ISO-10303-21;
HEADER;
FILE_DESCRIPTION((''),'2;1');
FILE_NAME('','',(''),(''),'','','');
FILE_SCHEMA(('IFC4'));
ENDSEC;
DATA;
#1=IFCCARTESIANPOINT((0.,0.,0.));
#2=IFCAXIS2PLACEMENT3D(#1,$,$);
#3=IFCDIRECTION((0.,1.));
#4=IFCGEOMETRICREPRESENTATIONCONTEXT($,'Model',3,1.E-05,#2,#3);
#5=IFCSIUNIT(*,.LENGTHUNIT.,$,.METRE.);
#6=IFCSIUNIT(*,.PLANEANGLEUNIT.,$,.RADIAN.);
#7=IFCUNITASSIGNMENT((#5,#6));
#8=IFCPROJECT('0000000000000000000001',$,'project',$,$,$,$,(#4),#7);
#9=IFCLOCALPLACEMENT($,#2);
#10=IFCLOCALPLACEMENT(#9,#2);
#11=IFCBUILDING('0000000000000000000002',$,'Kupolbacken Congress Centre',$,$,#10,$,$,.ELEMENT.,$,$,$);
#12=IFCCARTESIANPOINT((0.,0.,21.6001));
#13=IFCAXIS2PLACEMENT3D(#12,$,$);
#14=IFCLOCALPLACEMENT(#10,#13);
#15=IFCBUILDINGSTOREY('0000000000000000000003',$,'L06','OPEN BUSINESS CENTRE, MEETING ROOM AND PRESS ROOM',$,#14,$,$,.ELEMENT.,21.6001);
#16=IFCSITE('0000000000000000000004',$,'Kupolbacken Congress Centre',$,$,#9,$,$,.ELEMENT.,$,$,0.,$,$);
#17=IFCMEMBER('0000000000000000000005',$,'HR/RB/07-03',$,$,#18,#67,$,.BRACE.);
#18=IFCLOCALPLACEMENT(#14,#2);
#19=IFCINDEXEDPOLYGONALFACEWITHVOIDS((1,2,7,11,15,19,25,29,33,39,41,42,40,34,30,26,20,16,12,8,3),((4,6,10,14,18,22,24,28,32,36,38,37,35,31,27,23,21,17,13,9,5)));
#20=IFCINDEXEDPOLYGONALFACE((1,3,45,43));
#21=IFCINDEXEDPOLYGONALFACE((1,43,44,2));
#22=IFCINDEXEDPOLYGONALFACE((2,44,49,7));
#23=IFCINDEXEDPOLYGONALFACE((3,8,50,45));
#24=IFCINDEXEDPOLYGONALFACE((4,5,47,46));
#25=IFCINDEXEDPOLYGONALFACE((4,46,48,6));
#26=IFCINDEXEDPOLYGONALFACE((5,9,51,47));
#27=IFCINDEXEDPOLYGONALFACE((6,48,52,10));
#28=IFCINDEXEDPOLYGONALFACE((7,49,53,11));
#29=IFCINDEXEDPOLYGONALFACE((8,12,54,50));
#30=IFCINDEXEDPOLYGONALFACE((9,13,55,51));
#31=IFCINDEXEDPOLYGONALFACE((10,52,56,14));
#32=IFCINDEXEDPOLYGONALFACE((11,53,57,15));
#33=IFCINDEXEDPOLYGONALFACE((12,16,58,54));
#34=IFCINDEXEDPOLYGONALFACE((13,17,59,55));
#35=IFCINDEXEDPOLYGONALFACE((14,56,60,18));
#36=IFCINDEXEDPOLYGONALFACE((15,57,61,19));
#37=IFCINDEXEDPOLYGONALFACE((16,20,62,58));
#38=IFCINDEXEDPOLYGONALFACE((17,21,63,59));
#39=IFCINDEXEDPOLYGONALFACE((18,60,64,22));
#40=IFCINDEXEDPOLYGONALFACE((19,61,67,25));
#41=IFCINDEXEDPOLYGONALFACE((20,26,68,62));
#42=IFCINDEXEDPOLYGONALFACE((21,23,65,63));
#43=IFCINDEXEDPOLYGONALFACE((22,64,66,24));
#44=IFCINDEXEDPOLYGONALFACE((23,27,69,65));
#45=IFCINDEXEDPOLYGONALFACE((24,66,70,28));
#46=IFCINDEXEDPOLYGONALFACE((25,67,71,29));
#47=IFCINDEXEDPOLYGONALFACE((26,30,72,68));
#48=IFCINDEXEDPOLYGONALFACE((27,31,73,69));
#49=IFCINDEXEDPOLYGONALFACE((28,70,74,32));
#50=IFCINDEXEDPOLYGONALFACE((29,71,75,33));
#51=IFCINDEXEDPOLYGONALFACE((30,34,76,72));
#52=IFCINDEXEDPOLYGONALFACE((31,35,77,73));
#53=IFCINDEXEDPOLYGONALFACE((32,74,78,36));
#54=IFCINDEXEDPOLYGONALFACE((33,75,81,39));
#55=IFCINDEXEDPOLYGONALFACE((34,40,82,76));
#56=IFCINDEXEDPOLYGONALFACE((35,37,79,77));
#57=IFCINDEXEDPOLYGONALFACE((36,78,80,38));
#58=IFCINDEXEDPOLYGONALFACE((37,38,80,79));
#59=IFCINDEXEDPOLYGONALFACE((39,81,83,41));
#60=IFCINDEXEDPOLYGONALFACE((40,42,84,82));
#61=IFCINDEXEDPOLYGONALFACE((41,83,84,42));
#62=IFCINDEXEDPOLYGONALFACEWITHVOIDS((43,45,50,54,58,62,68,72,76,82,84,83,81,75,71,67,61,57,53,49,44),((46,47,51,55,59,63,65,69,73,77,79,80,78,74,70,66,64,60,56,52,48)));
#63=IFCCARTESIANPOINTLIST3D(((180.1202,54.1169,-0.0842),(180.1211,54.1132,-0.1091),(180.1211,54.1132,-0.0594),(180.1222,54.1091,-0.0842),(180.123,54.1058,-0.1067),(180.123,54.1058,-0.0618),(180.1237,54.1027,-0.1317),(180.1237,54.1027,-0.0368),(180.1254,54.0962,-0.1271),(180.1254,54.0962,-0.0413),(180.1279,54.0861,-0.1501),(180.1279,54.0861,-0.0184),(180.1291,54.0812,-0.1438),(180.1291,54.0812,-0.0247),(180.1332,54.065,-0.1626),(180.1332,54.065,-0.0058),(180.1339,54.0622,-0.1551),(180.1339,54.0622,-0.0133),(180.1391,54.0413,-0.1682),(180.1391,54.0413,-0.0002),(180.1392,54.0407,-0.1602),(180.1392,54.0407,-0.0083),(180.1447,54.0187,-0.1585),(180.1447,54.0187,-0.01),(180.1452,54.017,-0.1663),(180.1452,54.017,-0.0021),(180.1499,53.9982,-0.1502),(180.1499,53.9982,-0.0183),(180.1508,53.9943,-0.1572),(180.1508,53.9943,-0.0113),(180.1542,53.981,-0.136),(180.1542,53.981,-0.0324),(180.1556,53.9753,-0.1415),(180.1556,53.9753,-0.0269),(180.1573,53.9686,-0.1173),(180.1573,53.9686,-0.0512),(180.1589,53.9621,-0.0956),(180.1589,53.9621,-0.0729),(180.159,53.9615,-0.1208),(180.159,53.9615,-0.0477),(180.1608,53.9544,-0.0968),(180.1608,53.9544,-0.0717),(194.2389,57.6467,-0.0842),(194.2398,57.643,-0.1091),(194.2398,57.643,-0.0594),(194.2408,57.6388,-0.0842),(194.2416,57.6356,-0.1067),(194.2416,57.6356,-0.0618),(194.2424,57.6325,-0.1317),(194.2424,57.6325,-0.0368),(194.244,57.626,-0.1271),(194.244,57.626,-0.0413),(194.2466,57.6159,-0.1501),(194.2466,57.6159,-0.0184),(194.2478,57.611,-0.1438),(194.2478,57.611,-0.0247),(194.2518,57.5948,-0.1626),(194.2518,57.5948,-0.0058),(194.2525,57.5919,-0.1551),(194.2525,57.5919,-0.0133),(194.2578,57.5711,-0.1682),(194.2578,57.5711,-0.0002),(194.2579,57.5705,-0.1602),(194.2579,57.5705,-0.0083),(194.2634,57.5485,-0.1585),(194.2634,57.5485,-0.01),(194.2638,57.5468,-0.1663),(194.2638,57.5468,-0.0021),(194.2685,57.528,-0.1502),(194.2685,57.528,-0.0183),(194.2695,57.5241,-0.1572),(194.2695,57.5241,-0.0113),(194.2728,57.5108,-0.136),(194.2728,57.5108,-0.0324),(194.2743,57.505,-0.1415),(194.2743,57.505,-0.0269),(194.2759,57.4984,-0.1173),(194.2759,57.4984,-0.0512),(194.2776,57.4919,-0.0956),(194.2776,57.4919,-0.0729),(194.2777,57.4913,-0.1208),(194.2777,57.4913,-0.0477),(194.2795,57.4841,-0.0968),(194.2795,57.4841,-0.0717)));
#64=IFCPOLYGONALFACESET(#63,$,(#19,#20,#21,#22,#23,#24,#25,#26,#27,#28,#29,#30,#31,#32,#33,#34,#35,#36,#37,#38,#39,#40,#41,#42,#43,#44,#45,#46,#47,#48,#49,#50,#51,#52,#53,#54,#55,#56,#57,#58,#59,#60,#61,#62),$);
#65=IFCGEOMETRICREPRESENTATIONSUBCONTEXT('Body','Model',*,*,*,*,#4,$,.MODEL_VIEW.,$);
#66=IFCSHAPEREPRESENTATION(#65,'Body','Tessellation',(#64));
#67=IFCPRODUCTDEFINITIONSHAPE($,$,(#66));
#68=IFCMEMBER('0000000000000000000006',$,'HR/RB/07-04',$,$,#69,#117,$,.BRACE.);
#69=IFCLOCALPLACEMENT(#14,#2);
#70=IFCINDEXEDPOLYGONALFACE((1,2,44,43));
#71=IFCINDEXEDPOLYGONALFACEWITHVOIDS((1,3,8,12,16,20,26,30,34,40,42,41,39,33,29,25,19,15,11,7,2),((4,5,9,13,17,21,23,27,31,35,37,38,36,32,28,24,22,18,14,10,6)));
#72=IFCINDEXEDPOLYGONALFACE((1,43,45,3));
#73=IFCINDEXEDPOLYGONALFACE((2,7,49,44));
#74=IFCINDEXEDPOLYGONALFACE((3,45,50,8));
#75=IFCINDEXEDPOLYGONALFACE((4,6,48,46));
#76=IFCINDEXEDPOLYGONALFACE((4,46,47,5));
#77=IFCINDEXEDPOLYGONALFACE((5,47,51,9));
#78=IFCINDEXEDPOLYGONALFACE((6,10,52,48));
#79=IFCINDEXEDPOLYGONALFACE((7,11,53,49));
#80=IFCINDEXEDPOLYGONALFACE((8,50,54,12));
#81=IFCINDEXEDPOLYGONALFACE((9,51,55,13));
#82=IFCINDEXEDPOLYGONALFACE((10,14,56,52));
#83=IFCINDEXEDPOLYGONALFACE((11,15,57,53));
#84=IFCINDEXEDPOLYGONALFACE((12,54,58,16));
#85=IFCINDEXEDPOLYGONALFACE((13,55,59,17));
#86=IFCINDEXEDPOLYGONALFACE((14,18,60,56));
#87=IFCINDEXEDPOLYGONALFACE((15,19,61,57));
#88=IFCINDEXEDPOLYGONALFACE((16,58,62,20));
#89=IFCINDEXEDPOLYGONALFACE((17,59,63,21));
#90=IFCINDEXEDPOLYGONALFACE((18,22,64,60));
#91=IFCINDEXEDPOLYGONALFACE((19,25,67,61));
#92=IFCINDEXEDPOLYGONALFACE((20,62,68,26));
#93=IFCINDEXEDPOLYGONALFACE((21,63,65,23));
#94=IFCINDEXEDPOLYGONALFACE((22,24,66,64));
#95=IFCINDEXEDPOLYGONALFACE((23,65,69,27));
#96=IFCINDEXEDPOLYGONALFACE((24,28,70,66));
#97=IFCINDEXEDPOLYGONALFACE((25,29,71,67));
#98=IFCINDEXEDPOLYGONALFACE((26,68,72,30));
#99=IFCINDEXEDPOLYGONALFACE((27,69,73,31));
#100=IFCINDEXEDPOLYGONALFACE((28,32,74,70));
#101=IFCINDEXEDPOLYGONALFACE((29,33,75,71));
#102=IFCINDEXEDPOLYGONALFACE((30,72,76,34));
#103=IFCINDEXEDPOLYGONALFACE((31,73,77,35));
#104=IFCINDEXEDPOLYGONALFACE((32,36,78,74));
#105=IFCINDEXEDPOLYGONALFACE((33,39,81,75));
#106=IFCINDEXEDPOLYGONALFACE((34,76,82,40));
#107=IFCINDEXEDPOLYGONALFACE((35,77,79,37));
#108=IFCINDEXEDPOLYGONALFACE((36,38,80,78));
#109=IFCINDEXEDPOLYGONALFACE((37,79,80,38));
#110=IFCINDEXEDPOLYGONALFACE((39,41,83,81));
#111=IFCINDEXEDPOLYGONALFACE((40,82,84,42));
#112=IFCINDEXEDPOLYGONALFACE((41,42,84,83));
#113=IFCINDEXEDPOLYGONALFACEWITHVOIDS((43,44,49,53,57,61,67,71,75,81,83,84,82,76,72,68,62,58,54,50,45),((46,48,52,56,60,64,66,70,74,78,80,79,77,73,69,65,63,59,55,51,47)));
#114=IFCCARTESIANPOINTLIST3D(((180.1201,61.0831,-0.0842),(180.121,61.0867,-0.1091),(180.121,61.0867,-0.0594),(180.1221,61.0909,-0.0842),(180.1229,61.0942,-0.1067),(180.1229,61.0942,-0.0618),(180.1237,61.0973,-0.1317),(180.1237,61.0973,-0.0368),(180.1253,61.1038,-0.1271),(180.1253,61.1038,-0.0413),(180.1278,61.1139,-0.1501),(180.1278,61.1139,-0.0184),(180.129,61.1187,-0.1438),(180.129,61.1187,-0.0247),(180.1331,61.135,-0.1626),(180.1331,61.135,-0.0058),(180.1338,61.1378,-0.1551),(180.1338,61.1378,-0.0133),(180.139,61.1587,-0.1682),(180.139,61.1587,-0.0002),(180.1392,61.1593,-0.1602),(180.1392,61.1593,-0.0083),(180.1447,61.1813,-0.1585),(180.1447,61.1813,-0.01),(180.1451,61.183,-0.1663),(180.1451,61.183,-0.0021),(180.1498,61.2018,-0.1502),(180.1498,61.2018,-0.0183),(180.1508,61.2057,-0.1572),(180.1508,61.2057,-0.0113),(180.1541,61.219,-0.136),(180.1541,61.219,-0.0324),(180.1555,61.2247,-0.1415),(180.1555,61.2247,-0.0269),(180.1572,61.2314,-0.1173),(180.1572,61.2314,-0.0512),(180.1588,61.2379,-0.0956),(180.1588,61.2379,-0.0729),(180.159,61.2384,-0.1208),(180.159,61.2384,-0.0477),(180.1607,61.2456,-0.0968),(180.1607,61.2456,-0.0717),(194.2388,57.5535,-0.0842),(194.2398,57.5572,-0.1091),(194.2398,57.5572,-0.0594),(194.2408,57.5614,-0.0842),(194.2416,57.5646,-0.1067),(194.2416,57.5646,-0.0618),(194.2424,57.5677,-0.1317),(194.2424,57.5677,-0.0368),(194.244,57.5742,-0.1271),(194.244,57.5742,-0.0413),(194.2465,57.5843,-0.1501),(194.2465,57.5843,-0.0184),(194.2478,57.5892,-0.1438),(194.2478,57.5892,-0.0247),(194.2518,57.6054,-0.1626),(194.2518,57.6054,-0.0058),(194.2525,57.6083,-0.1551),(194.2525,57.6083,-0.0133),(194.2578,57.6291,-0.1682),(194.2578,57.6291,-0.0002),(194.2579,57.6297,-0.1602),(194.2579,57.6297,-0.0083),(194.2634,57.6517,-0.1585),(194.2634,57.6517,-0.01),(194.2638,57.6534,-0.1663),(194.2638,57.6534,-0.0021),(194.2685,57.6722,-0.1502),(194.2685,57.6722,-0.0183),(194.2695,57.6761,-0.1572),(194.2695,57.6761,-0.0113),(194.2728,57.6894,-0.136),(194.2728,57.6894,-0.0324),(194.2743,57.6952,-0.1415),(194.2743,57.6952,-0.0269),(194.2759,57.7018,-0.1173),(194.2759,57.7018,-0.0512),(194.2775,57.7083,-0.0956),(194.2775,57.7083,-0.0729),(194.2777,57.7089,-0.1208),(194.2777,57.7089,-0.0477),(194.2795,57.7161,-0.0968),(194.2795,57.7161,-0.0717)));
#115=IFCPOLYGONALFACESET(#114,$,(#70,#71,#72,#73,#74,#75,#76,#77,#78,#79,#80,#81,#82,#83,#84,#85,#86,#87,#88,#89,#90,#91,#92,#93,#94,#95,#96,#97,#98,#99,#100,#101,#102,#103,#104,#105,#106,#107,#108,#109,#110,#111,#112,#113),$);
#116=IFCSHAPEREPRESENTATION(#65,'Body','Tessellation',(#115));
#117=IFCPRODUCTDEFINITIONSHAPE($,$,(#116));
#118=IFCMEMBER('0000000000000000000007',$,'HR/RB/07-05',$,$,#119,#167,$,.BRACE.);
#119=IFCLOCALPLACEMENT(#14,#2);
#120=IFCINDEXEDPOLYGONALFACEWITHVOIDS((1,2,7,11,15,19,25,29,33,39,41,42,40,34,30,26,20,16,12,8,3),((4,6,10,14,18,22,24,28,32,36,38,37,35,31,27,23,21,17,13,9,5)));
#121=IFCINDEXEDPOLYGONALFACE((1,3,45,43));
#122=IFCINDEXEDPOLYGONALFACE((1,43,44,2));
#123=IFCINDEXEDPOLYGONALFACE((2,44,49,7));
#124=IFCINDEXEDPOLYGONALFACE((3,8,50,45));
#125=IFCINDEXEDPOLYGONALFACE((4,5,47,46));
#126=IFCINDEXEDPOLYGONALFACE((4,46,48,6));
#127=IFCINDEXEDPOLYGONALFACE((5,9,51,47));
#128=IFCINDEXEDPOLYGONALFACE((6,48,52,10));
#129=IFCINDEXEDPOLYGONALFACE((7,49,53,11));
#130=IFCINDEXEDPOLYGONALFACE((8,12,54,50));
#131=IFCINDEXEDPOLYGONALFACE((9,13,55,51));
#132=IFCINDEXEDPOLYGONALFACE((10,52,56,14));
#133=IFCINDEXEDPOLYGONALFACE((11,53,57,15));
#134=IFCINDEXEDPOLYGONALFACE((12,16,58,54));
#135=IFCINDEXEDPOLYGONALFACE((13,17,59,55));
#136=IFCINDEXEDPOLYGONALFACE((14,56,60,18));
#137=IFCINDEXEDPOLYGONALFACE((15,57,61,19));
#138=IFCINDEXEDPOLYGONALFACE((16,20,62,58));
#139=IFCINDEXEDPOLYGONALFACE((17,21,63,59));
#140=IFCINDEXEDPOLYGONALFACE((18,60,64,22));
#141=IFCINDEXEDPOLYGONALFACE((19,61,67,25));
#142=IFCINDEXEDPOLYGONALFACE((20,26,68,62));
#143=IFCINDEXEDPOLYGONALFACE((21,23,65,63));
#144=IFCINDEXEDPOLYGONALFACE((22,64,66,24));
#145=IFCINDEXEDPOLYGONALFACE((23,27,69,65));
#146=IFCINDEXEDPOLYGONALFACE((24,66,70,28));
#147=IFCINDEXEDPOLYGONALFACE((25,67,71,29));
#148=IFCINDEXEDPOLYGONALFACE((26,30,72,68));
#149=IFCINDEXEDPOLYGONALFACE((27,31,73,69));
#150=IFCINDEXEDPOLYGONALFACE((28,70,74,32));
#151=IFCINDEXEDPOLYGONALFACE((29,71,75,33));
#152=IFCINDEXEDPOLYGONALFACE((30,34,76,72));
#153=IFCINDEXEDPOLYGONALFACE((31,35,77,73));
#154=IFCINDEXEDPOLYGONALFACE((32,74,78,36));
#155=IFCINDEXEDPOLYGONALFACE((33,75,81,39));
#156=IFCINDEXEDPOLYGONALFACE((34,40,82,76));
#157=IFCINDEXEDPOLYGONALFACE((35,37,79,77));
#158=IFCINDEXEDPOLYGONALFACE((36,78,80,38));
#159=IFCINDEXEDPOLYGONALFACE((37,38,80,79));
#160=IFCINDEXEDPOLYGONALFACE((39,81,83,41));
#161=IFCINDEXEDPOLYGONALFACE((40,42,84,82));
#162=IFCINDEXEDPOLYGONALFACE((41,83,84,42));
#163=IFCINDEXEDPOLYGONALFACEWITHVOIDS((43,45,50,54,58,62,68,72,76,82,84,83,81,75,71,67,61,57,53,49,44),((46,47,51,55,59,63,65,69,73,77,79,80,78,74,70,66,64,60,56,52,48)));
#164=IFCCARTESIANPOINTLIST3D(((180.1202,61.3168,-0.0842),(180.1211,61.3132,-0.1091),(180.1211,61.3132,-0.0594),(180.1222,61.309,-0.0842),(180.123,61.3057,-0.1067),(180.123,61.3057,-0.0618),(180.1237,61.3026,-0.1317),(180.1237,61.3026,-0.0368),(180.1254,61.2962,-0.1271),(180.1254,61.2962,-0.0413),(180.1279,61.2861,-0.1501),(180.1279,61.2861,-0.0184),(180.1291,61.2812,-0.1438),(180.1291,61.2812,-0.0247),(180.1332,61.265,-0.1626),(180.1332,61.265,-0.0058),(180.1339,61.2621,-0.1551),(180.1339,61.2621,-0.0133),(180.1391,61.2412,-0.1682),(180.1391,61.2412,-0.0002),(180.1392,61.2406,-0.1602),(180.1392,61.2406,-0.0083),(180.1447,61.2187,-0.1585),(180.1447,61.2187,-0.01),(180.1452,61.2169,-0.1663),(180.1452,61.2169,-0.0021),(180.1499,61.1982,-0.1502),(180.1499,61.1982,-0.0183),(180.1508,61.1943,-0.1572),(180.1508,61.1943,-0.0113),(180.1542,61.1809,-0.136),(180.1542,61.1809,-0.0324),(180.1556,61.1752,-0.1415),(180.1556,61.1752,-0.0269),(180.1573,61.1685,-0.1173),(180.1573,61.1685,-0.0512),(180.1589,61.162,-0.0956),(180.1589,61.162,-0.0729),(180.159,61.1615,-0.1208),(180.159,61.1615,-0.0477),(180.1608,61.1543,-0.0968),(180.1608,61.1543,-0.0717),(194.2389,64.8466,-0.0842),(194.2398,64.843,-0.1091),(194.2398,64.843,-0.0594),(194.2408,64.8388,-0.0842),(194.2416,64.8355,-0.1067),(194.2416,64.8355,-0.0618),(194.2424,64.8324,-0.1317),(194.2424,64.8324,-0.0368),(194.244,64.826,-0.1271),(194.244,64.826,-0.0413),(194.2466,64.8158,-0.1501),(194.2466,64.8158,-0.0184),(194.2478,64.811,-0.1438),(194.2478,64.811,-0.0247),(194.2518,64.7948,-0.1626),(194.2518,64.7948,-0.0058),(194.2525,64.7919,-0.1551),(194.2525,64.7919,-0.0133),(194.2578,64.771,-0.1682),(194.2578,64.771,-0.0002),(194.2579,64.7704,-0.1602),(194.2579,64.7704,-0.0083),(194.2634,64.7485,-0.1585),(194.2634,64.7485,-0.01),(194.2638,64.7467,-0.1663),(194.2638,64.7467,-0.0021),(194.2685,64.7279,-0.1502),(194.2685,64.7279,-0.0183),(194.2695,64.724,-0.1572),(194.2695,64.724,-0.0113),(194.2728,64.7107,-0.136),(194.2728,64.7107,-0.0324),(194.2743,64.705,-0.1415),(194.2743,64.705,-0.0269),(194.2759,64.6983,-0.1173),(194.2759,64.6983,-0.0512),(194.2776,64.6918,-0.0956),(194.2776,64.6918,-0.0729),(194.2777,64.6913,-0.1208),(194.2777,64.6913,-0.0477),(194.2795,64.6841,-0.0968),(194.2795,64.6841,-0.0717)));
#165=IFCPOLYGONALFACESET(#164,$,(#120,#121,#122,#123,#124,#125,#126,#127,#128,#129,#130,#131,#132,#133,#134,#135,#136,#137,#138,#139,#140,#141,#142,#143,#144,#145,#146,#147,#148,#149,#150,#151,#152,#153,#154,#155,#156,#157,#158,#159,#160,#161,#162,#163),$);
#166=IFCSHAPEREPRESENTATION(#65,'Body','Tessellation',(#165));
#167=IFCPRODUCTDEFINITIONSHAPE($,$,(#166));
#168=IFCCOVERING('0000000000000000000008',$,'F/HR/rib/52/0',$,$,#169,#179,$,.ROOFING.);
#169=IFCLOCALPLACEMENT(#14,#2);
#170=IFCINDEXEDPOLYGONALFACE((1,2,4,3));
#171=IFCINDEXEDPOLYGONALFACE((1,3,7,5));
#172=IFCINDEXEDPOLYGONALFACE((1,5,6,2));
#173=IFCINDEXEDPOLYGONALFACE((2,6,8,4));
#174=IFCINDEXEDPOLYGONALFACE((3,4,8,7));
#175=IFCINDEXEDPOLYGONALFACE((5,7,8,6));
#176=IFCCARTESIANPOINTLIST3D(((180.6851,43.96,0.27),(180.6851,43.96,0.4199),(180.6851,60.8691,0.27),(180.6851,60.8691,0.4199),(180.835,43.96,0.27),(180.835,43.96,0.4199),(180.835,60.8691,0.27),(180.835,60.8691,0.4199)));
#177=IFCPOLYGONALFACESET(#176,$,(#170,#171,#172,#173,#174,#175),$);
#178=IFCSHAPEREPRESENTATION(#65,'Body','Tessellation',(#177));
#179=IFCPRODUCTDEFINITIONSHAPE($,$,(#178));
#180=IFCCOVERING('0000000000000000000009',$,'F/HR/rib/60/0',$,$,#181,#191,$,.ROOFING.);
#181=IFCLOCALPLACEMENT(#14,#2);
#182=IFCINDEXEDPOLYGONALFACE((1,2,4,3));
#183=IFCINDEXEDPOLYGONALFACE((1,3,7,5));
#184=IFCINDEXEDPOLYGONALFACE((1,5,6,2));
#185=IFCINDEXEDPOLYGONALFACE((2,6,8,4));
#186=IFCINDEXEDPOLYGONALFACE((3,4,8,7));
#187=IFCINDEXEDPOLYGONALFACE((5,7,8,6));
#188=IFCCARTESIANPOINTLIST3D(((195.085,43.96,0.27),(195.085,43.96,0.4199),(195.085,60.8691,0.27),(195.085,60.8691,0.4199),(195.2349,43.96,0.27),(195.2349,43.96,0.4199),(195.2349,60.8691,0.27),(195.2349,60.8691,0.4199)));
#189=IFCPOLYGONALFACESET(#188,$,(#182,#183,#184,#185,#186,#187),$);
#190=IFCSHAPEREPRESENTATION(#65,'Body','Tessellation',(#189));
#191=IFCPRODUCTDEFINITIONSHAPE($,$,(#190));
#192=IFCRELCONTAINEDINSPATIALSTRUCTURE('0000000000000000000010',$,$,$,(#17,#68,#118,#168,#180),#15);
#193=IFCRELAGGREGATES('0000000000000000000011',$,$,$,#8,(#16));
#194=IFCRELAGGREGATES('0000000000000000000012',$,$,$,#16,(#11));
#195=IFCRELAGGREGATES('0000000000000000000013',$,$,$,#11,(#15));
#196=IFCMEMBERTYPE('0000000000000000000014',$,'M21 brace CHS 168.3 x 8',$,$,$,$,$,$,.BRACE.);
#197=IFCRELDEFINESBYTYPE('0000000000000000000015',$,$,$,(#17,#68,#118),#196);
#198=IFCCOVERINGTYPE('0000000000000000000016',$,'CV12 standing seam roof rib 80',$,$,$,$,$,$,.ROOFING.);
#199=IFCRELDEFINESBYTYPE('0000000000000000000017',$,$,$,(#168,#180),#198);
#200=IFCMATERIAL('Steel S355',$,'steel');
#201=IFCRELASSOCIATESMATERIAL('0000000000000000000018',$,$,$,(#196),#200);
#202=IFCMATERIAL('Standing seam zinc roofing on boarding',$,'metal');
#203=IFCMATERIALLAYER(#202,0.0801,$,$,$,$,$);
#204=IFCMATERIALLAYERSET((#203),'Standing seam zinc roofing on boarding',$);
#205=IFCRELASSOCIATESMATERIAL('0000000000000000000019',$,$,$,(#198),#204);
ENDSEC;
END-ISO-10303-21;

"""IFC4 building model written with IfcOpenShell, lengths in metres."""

from ifc_helpers import new_model, si_unit, direction, frame, origin, origin_2d, place, context, subcontext, project, spatial, rectangle, hollow_circle, extrude, material, layer, layer_set, material_profile, profile_set, type_object, element, save


model = new_model("IFC4")

# Units and contexts
model_context = context("Model", 3, precision=1e-05, world=origin(), true_north=direction((0.0, 1.0)))
body_context = subcontext(model_context, "Body", "Model", "MODEL_VIEW")
ifc_project = project(units=[si_unit("LENGTHUNIT", "METRE"), si_unit("PLANEANGLEUNIT", "RADIAN")], contexts=[model_context])

# Site, building, storey
site_placement = place(None, origin())
site = spatial("IfcSite", under=ifc_project, at=site_placement, Name="Kupolbacken Congress Centre", CompositionType="ELEMENT", RefElevation=0.0)
building_placement = place(site_placement, origin())
building = spatial("IfcBuilding", under=site, at=building_placement, Name="Kupolbacken Congress Centre", CompositionType="ELEMENT")
storey_placement = place(building_placement, frame((0.0, 0.0, 21.6001)))
storey = spatial("IfcBuildingStorey", under=building, at=storey_placement, Name="L06", Description="OPEN BUSINESS CENTRE, MEETING ROOM AND PRESS ROOM", CompositionType="ELEMENT", Elevation=21.6001)

# Members
ifc_material_1 = material(Name="Steel S355", Category="steel")
ifc_material_profile_1 = material_profile(ifc_material_1, hollow_circle(Radius=0.0842, WallThickness=0.0081, at=origin_2d()), Name="CHS 168.3 x 8")
ifc_profile_set_1 = profile_set([ifc_material_profile_1], Name="Steel S355")
member_type_1 = type_object("IfcMemberType", Name="M21 brace CHS 168.3 x 8", PredefinedType="BRACE", material=ifc_profile_set_1)
for number, where, z_axis, x_axis, name in (
    (1, (180.1406, 54.0352, -0.0842), (0.970141, 0.242544, 0.0), (-0.242544, 0.970141, 0.0), "HR/RB/07-03"),
    (2, (194.2593, 57.6353, -0.0842), (-0.970144, 0.242528, 0.0), (-0.242528, -0.970144, 0.0), "HR/RB/07-04"),
    (3, (180.1406, 61.2351, -0.0842), (0.970141, 0.242544, 0.0), (-0.242544, 0.970141, 0.0), "HR/RB/07-05"),
):
    element("IfcMember", number, at=place(storey_placement, frame(where, z_axis=z_axis, x_axis=x_axis)), inside=storey, type_object=member_type_1, Name=name, PredefinedType="BRACE", context=body_context, shape_type="SweptSolid", body=[
        extrude(hollow_circle(Radius=0.0842, WallThickness=0.0081, at=origin_2d()), origin(), (0.0, 0.0, 1.0), 14.5532),
    ])

# Coverings
ifc_material_2 = material(Name="Standing seam zinc roofing on boarding", Category="metal")
ifc_layer_1 = layer(ifc_material_2, 0.0801)
ifc_layer_set_1 = layer_set([ifc_layer_1], Name="Standing seam zinc roofing on boarding")
covering_type = type_object("IfcCoveringType", Name="CV12 standing seam roof rib 80", PredefinedType="ROOFING", material=ifc_layer_set_1)
for number, where, z_axis, x_axis, name in (
    (4, (180.76, 52.4146, 0.27), (0.0, 0.0, 1.0), (0.0, 1.0, 0.0), "F/HR/rib/52/0"),
    (5, (195.1599, 52.4146, 0.27), (0.0, 0.0, 1.0), (0.0, 1.0, 0.0), "F/HR/rib/60/0"),
):
    element("IfcCovering", number, at=place(storey_placement, frame(where, z_axis=z_axis, x_axis=x_axis)), inside=storey, type_object=covering_type, Name=name, PredefinedType="ROOFING", context=body_context, shape_type="SweptSolid", body=[
        extrude(rectangle(XDim=16.9092, YDim=0.1499, at=origin_2d()), origin(), (0.0, 0.0, 1.0), 0.1499),
    ])

save(model, "model.ifc")
